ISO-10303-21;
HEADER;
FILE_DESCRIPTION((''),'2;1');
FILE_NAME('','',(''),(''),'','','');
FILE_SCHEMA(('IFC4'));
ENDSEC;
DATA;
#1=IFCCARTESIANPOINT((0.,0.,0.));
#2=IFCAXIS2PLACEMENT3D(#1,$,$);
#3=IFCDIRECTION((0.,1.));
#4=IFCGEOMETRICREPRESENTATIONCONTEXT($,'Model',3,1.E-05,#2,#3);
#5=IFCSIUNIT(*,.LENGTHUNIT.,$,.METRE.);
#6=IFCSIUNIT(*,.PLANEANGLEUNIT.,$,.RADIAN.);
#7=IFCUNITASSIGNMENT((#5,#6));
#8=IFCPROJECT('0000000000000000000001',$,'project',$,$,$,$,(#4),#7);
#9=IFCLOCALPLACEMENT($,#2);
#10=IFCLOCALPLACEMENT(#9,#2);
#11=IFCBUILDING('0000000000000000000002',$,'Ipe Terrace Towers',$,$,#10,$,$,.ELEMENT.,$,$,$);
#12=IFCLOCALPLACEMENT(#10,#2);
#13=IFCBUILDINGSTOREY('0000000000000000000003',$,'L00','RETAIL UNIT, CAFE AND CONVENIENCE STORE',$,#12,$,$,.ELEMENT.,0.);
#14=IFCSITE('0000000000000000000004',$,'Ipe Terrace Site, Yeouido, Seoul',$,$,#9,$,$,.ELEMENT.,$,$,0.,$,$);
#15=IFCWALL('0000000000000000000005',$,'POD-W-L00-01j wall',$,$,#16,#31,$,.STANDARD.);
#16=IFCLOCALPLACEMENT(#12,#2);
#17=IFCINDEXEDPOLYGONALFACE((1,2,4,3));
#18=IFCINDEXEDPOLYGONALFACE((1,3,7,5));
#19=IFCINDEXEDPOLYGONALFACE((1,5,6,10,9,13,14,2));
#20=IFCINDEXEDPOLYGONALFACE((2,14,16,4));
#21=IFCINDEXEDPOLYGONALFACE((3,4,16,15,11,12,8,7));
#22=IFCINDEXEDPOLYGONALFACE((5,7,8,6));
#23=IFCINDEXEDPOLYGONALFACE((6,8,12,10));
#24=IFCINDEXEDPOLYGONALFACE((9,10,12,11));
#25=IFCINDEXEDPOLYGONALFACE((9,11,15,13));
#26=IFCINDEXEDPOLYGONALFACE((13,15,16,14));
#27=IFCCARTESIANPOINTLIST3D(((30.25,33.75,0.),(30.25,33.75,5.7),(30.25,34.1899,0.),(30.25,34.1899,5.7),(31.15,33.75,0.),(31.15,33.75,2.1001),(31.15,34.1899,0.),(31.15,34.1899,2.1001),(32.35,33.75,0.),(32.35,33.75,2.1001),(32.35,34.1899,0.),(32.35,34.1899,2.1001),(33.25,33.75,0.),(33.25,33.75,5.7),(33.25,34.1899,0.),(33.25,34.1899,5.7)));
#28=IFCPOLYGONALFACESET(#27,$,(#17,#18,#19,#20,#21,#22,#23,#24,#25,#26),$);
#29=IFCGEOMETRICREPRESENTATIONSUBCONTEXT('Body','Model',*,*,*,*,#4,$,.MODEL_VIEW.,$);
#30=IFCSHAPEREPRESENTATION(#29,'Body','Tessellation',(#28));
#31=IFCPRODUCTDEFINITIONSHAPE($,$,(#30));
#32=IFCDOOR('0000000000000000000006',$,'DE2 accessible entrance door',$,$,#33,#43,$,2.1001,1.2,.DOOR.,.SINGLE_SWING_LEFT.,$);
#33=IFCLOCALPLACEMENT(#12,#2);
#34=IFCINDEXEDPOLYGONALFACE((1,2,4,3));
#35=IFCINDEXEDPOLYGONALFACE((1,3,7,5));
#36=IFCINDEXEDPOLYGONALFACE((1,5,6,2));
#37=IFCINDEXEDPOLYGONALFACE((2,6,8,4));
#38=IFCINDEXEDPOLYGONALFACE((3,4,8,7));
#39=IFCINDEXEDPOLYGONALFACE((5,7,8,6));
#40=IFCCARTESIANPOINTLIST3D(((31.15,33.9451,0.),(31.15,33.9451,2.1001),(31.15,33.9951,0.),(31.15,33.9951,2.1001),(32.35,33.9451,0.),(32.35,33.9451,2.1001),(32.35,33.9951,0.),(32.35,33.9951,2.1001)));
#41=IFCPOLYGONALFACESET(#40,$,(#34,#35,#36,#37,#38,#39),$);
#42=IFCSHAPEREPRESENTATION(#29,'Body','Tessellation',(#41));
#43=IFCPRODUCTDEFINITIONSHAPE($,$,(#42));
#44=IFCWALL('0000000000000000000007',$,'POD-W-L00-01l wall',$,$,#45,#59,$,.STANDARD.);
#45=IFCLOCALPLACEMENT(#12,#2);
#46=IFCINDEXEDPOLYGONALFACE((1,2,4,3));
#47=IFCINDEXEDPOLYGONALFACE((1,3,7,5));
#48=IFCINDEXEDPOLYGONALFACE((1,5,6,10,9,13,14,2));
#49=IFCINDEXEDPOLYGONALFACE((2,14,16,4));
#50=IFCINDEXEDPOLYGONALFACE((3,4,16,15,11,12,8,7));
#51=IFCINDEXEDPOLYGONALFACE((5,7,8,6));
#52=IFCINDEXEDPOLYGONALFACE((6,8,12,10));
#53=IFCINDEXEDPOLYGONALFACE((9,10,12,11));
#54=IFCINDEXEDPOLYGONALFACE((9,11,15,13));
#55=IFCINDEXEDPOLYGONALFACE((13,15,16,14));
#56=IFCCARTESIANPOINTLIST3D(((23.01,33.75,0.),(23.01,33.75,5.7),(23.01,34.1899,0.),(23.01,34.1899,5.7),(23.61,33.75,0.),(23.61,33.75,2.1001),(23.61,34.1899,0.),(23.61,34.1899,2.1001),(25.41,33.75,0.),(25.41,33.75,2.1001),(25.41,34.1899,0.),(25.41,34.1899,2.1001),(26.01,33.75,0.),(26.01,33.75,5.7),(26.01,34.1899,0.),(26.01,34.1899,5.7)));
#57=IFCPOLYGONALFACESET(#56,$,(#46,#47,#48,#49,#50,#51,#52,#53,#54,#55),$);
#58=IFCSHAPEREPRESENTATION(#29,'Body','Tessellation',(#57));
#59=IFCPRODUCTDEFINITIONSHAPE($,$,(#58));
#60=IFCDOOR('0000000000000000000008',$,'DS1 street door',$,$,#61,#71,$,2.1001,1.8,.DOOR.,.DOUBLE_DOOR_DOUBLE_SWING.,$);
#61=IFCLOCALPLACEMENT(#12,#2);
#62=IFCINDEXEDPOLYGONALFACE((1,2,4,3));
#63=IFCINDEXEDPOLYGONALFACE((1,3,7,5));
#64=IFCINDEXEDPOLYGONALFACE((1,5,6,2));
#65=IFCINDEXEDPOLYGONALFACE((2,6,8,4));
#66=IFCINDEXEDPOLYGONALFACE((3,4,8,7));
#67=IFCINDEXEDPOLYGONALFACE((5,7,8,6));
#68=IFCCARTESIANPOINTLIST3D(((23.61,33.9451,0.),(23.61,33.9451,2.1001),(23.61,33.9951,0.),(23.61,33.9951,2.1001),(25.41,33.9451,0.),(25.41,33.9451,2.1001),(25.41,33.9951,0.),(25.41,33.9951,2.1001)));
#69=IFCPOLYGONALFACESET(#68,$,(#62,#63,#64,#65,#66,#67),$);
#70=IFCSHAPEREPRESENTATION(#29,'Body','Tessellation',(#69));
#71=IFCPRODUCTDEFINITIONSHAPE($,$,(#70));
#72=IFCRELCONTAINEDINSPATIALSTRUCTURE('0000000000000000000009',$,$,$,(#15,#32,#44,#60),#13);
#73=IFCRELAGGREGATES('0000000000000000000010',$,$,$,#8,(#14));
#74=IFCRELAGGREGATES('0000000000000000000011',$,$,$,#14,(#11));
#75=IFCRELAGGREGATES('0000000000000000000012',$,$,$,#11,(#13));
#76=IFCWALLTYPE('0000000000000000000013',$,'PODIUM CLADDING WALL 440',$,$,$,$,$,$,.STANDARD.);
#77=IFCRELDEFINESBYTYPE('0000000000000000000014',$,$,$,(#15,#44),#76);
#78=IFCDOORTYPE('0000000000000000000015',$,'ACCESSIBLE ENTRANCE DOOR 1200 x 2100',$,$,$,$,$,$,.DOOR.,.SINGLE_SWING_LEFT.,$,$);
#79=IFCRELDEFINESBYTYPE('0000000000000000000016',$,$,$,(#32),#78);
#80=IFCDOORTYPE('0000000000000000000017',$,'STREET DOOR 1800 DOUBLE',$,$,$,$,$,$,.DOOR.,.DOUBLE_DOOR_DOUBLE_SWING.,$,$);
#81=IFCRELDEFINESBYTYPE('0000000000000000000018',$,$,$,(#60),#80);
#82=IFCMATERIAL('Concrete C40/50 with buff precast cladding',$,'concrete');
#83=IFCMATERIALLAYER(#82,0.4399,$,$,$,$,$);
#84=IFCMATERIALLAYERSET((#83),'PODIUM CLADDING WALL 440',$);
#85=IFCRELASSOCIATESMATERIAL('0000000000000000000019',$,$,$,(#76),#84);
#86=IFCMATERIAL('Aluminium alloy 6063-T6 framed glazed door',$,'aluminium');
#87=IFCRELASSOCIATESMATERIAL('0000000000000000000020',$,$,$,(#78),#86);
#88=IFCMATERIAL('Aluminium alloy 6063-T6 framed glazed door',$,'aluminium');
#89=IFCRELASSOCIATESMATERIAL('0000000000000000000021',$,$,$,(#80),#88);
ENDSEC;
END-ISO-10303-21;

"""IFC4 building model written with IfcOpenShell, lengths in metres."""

from ifc_helpers import new_model, si_unit, direction, frame, frame_2d, origin, place, context, subcontext, project, spatial, rectangle, extrude, material, layer, layer_set, type_object, element, fill, save


model = new_model("IFC4")

# Units and contexts
model_context = context("Model", 3, precision=1e-05, world=origin(), true_north=direction((0.0, 1.0)))
body_context = subcontext(model_context, "Body", "Model", "MODEL_VIEW")
ifc_project = project(units=[si_unit("LENGTHUNIT", "METRE"), si_unit("PLANEANGLEUNIT", "RADIAN")], contexts=[model_context])

# Site, building, storey
site_placement = place(None, origin())
site = spatial("IfcSite", under=ifc_project, at=site_placement, Name="Ipe Terrace Site, Yeouido, Seoul", CompositionType="ELEMENT", RefElevation=0.0)
building_placement = place(site_placement, origin())
building = spatial("IfcBuilding", under=site, at=building_placement, Name="Ipe Terrace Towers", CompositionType="ELEMENT")
storey_placement = place(building_placement, origin())
storey = spatial("IfcBuildingStorey", under=building, at=storey_placement, Name="L00", Description="RETAIL UNIT, CAFE AND CONVENIENCE STORE", CompositionType="ELEMENT", Elevation=0.0)

# Walls, openings, doors
ifc_material_1 = material(Name="Concrete C40/50 with buff precast cladding", Category="concrete")
ifc_layer_1 = layer(ifc_material_1, 0.4399)
ifc_layer_set_1 = layer_set([ifc_layer_1], Name="PODIUM CLADDING WALL 440")
wall_type_1 = type_object("IfcWallType", Name="PODIUM CLADDING WALL 440", PredefinedType="STANDARD", material=ifc_layer_set_1)
wall_1_placement = place(storey_placement, frame((33.25, 33.97, 0.0), z_axis=(0.0, 0.0, 1.0), x_axis=(-1.0, 0.0, 0.0)))
wall_1 = element("IfcWall", 1, at=wall_1_placement, inside=storey, type_object=wall_type_1, Name="POD-W-L00-01j wall", PredefinedType="STANDARD", context=body_context, shape_type="SweptSolid", body=[
    extrude(rectangle(XDim=3.0, YDim=0.4399, at=frame_2d((1.5, 0.0))), origin(), (0.0, 0.0, 1.0), 5.7),
])
opening_1_placement = place(wall_1_placement, frame((0.8999, 0.0, 0.0)))
opening_1 = element("IfcOpeningElement", 2, at=opening_1_placement, cuts=wall_1, PredefinedType="OPENING", context=body_context, shape_type="SweptSolid", body=[
    extrude(rectangle(XDim=1.2, YDim=2.1001, at=frame_2d((0.6001, 1.05))), frame((0.0, 0.23, 0.0), z_axis=(0.0, -1.0, 0.0), x_axis=(1.0, 0.0, 0.0)), (0.0, 0.0, 1.0), 0.46),
])
ifc_material_2 = material(Name="Aluminium alloy 6063-T6 framed glazed door", Category="aluminium")
door_type_1 = type_object("IfcDoorType", Name="ACCESSIBLE ENTRANCE DOOR 1200 x 2100", OperationType="SINGLE_SWING_LEFT", PredefinedType="DOOR", material=ifc_material_2)
door_1_placement = place(opening_1_placement, origin())
door_1 = element("IfcDoor", 3, at=door_1_placement, inside=storey, type_object=door_type_1, Name="DE2 accessible entrance door", OperationType="SINGLE_SWING_LEFT", OverallHeight=2.1001, OverallWidth=1.2, PredefinedType="DOOR", context=body_context, shape_type="SweptSolid", body=[
    extrude(rectangle(XDim=1.2, YDim=2.1001, at=frame_2d((0.6001, 1.05))), frame((0.0, 0.0249, 0.0), z_axis=(0.0, -1.0, 0.0), x_axis=(1.0, 0.0, 0.0)), (0.0, 0.0, 1.0), 0.05),
])
fill(opening_1, door_1)
wall_2_placement = place(storey_placement, frame((26.01, 33.97, 0.0), z_axis=(0.0, 0.0, 1.0), x_axis=(-1.0, 0.0, 0.0)))
wall_2 = element("IfcWall", 4, at=wall_2_placement, inside=storey, type_object=wall_type_1, Name="POD-W-L00-01l wall", PredefinedType="STANDARD", context=body_context, shape_type="SweptSolid", body=[
    extrude(rectangle(XDim=3.0, YDim=0.4399, at=frame_2d((1.5, 0.0))), origin(), (0.0, 0.0, 1.0), 5.7),
])
opening_2_placement = place(wall_2_placement, frame((0.6001, 0.0, 0.0)))
opening_2 = element("IfcOpeningElement", 5, at=opening_2_placement, cuts=wall_2, PredefinedType="OPENING", context=body_context, shape_type="SweptSolid", body=[
    extrude(rectangle(XDim=1.8, YDim=2.1001, at=frame_2d((0.8999, 1.05))), frame((0.0, 0.23, 0.0), z_axis=(0.0, -1.0, 0.0), x_axis=(1.0, 0.0, 0.0)), (0.0, 0.0, 1.0), 0.46),
])
ifc_material_3 = material(Name="Aluminium alloy 6063-T6 framed glazed door", Category="aluminium")
door_type_2 = type_object("IfcDoorType", Name="STREET DOOR 1800 DOUBLE", OperationType="DOUBLE_DOOR_DOUBLE_SWING", PredefinedType="DOOR", material=ifc_material_3)
door_2_placement = place(opening_2_placement, origin())
door_2 = element("IfcDoor", 6, at=door_2_placement, inside=storey, type_object=door_type_2, Name="DS1 street door", OperationType="DOUBLE_DOOR_DOUBLE_SWING", OverallHeight=2.1001, OverallWidth=1.8, PredefinedType="DOOR", context=body_context, shape_type="SweptSolid", body=[
    extrude(rectangle(XDim=1.8, YDim=2.1001, at=frame_2d((0.8999, 1.05))), frame((0.0, 0.0249, 0.0), z_axis=(0.0, -1.0, 0.0), x_axis=(1.0, 0.0, 0.0)), (0.0, 0.0, 1.0), 0.05),
])
fill(opening_2, door_2)

save(model, "model.ifc")
